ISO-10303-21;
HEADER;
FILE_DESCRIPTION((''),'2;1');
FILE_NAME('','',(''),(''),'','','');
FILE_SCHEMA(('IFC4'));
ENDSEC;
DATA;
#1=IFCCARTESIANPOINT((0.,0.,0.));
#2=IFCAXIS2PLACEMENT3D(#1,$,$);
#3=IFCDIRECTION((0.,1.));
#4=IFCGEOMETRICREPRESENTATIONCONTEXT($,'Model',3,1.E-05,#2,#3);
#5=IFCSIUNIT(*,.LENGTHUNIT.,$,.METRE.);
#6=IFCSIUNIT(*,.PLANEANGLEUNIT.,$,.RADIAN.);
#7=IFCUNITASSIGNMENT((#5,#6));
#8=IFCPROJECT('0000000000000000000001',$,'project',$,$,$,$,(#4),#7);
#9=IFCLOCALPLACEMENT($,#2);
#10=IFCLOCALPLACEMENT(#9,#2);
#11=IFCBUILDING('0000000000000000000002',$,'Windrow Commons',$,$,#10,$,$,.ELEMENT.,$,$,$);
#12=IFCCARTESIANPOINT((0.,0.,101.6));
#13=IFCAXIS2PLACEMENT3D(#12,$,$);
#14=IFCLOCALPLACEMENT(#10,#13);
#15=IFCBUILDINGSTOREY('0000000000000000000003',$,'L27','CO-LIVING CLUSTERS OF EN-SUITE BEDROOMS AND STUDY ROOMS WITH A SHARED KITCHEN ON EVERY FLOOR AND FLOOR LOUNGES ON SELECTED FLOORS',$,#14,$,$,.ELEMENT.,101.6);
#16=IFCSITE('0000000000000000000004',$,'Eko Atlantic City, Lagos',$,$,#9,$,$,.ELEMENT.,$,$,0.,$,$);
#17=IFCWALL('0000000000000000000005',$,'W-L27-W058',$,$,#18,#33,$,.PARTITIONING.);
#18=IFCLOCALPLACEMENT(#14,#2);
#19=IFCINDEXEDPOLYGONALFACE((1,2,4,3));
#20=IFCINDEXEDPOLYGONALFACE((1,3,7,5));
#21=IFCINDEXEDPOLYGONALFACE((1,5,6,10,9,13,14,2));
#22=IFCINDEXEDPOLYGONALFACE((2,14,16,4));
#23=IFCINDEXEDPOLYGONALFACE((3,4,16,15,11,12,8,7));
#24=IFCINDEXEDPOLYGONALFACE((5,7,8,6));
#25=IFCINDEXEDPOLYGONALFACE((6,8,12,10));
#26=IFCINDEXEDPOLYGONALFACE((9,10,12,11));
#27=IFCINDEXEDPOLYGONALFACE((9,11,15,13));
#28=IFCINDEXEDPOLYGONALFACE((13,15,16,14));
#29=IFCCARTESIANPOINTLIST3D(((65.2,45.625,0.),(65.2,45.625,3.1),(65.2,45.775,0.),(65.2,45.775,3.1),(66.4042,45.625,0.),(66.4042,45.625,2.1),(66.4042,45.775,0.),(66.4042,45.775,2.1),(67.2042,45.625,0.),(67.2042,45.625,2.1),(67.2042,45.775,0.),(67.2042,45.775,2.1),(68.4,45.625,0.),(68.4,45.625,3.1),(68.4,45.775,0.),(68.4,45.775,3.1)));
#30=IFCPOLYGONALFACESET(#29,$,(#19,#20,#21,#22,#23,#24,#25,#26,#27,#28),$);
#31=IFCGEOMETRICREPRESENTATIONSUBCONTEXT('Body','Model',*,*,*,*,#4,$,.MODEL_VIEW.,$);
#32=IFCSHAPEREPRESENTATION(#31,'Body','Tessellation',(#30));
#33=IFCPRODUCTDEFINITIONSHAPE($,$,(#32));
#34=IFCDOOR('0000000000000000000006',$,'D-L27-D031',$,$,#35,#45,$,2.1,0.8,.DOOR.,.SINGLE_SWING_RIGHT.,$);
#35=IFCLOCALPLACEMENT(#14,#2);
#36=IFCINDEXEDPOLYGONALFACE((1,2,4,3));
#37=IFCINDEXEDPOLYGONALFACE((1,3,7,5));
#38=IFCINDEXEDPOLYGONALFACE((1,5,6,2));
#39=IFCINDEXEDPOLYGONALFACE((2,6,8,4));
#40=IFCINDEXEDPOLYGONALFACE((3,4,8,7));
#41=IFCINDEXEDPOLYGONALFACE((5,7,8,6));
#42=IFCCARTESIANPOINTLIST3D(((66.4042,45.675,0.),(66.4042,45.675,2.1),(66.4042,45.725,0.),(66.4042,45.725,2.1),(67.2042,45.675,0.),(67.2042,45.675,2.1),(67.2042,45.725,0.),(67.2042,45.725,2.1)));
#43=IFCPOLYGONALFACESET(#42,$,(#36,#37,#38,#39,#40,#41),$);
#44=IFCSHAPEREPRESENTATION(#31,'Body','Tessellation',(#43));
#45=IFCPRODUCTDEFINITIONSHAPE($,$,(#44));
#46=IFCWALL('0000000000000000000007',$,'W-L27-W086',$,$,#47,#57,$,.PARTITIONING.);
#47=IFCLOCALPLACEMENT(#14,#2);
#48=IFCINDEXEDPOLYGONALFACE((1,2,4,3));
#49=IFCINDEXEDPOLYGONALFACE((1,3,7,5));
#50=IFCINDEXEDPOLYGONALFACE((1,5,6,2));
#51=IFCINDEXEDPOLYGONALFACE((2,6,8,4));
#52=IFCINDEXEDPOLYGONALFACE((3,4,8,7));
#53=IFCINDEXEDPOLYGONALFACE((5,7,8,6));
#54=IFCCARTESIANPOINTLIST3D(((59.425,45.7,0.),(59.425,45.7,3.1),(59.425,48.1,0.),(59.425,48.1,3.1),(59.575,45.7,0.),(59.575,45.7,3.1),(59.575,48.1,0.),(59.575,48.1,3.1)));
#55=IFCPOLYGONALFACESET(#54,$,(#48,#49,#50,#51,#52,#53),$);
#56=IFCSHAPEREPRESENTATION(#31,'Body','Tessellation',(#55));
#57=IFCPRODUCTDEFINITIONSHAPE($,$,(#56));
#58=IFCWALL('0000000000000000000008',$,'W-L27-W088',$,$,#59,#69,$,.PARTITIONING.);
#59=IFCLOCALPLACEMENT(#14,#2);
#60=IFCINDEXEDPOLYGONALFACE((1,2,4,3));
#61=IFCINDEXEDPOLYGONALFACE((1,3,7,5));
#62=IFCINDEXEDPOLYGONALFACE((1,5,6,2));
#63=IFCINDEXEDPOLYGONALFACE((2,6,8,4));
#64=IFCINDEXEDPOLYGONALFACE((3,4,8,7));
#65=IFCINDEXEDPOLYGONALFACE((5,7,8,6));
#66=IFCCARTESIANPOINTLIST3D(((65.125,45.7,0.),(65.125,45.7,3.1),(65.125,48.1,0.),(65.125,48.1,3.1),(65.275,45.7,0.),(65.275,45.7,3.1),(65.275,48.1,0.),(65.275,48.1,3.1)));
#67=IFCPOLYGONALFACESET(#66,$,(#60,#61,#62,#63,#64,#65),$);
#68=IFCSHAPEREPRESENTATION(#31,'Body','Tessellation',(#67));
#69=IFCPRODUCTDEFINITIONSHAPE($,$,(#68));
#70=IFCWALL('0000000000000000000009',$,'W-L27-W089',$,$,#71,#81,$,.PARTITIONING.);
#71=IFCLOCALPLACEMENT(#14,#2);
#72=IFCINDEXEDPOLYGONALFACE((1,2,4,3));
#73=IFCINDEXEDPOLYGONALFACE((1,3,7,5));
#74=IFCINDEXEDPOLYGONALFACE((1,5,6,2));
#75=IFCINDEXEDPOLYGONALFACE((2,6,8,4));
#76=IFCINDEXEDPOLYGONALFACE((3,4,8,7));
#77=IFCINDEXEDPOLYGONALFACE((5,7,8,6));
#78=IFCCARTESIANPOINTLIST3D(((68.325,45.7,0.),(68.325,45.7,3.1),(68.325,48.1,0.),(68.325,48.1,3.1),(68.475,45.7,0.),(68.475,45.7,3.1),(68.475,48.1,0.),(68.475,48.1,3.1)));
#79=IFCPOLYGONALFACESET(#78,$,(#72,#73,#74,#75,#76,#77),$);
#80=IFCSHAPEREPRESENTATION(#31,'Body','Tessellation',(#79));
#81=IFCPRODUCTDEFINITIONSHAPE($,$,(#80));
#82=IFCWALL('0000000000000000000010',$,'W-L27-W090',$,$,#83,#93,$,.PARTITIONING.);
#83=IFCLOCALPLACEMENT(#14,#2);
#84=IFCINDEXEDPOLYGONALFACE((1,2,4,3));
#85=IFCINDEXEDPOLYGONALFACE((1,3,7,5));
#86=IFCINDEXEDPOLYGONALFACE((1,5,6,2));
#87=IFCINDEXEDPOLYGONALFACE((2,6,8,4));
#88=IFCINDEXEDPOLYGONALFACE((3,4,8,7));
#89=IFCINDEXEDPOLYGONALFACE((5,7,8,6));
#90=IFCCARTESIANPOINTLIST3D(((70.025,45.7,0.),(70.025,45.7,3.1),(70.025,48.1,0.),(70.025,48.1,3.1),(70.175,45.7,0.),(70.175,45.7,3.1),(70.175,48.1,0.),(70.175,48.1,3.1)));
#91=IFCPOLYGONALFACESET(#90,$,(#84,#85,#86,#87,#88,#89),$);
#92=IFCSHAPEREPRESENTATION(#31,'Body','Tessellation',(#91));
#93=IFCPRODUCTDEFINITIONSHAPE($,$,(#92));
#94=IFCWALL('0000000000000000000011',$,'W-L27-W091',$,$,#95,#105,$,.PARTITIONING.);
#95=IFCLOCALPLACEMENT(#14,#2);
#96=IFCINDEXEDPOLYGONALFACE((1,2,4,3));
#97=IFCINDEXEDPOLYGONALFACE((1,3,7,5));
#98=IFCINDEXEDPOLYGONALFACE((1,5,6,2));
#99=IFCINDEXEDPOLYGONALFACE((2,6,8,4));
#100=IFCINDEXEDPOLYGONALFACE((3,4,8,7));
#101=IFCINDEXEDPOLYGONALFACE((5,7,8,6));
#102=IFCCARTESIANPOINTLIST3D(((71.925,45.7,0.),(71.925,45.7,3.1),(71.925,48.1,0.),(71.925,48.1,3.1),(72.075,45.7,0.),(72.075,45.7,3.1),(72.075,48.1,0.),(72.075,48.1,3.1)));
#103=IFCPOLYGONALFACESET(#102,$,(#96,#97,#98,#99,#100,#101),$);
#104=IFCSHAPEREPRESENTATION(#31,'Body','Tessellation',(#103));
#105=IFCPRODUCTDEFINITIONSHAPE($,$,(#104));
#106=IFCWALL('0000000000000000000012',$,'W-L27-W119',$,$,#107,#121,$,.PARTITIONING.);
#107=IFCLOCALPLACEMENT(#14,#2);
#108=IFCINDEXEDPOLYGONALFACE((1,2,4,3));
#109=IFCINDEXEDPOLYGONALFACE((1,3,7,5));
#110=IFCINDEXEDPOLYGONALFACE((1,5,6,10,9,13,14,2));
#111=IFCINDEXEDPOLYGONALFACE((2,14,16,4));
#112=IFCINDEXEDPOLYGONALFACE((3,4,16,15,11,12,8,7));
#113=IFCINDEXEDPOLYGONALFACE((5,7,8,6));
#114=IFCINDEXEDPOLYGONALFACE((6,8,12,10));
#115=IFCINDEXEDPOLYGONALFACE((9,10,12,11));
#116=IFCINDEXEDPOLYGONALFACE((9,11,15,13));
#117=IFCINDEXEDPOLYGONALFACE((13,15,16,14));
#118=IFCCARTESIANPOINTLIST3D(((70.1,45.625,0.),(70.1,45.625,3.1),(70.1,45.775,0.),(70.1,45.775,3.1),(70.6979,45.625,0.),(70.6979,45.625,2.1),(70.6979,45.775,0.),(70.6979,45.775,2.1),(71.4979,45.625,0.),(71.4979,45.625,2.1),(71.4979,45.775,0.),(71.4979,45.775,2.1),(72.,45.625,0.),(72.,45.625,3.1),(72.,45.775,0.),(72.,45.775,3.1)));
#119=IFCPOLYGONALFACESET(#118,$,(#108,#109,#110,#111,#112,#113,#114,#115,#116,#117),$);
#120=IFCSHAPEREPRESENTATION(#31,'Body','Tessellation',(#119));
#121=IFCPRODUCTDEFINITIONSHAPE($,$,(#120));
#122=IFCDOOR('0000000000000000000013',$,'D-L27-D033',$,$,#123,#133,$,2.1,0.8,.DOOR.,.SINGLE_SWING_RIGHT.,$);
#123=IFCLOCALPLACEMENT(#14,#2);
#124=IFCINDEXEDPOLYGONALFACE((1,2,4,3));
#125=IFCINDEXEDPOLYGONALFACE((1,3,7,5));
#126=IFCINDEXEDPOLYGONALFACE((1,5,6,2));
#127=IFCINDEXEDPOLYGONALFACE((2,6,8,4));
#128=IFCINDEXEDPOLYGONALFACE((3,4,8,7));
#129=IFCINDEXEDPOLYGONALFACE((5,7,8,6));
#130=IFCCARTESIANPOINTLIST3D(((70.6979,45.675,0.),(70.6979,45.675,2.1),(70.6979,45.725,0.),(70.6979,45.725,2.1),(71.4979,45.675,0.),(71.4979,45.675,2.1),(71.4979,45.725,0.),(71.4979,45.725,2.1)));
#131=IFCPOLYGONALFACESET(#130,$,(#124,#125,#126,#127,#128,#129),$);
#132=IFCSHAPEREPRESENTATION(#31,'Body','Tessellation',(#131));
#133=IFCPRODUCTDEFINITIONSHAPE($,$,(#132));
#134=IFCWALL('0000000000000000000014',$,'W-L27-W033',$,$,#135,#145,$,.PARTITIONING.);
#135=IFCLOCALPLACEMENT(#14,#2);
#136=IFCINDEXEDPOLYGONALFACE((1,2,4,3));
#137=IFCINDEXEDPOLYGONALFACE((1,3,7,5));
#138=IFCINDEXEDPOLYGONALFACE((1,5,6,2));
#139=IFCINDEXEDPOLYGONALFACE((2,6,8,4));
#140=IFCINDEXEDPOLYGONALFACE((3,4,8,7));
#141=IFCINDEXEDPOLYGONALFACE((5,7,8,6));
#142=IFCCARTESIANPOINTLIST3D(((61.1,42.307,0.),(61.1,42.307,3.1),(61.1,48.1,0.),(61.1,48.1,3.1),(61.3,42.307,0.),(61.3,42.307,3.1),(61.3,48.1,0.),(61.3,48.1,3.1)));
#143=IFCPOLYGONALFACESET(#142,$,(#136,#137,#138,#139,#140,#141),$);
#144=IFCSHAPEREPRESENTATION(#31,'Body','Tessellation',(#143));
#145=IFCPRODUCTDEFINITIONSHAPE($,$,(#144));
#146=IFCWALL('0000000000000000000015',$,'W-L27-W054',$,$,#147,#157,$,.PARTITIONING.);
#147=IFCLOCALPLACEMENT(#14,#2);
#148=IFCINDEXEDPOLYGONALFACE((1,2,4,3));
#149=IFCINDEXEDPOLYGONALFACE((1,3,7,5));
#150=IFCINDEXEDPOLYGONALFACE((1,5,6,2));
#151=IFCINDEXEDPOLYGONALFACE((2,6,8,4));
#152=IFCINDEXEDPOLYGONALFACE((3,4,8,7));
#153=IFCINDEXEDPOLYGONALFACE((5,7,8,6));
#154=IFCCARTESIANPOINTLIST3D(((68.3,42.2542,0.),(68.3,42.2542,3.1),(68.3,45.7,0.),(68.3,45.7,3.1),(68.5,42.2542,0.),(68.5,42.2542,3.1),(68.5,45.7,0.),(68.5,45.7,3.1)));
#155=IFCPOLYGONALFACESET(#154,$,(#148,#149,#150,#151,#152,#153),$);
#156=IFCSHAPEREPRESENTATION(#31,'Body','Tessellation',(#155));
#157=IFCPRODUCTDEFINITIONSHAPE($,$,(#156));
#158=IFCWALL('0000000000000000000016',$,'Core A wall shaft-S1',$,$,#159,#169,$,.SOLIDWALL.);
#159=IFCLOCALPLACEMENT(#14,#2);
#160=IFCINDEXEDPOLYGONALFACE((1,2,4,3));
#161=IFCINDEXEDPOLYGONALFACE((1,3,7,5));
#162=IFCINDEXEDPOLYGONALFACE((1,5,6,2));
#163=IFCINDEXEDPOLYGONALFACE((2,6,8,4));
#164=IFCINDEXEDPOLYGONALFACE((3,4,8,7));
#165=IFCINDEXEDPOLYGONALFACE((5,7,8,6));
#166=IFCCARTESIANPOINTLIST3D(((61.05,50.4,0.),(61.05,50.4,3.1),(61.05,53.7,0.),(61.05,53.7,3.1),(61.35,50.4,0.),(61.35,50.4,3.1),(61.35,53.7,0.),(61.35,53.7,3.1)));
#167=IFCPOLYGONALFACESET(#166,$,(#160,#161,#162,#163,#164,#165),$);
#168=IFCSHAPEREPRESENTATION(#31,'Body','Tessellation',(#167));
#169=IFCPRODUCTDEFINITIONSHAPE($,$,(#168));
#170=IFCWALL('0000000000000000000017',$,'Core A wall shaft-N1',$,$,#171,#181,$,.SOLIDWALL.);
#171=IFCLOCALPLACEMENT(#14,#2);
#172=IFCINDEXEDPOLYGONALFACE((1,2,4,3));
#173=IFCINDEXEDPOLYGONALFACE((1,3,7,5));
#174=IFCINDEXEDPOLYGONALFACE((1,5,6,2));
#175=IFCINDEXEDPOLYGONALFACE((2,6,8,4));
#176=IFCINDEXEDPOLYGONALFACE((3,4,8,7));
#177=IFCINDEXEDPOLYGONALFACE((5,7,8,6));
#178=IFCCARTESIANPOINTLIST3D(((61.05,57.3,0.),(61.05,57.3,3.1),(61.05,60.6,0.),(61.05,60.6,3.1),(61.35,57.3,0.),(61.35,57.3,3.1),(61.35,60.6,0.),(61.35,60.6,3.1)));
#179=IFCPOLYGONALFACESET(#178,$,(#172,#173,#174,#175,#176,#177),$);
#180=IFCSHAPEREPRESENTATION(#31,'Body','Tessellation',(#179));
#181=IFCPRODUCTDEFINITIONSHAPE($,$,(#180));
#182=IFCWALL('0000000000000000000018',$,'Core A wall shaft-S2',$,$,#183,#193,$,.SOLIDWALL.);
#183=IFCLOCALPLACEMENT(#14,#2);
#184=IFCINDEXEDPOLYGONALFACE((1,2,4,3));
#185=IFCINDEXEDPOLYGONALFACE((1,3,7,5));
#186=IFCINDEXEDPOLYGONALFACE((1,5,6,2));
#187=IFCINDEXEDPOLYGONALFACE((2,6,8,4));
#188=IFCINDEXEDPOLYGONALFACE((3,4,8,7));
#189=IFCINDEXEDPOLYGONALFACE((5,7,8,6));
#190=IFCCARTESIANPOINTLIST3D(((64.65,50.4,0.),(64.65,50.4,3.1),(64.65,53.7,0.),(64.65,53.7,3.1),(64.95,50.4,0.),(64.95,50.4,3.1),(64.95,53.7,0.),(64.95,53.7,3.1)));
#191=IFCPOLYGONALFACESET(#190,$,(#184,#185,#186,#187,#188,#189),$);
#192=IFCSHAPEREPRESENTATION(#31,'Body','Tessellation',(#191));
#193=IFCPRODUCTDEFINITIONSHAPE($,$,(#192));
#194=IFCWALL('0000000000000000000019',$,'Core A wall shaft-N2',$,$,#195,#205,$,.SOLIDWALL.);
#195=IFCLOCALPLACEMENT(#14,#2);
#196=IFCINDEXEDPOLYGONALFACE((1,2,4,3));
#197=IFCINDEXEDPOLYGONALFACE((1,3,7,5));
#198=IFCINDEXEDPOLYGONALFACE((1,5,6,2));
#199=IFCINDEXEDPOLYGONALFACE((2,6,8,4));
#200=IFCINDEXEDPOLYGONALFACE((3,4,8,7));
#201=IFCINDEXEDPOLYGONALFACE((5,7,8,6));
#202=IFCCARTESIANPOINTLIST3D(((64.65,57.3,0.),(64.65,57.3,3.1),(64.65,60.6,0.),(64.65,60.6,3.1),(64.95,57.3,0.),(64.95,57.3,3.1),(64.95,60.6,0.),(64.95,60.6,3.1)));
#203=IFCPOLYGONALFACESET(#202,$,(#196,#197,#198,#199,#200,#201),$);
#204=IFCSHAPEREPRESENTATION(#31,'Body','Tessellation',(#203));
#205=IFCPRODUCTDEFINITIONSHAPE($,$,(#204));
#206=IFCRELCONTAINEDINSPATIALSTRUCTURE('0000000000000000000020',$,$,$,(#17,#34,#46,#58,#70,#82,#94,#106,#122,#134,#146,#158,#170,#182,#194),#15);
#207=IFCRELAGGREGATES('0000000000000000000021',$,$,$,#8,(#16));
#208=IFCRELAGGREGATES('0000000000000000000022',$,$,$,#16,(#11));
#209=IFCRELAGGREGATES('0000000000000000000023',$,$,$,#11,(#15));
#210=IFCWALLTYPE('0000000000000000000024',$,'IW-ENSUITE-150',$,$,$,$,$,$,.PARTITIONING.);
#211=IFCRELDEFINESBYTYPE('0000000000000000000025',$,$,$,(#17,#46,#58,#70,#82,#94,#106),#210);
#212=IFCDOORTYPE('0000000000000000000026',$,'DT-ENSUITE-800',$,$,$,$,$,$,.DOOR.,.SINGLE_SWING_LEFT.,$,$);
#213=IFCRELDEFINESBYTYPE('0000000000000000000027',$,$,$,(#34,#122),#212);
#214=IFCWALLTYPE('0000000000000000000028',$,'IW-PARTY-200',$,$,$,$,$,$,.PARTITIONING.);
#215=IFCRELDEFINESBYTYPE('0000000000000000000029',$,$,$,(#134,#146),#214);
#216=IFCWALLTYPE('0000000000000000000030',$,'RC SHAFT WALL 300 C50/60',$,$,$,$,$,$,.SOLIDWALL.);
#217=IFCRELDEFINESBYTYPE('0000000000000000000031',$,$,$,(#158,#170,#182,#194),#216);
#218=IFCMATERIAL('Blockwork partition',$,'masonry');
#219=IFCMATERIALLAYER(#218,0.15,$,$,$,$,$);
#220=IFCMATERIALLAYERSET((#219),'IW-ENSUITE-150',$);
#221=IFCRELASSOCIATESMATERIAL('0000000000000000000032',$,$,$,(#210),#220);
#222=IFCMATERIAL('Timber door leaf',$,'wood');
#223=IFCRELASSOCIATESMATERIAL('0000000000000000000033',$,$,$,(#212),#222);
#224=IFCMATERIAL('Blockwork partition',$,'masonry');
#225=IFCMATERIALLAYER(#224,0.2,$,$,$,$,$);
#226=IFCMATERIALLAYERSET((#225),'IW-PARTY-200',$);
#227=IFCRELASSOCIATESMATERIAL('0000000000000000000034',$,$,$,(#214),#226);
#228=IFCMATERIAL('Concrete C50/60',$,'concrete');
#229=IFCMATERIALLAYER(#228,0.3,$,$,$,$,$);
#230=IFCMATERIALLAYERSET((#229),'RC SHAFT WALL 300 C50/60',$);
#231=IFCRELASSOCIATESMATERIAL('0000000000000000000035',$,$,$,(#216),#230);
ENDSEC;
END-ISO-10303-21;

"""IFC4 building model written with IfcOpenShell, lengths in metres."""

from ifc_helpers import new_model, si_unit, direction, frame, frame_2d, origin, place, context, subcontext, project, spatial, rectangle, extrude, material, layer, layer_set, type_object, element, fill, save


model = new_model("IFC4")

# Units and contexts
model_context = context("Model", 3, precision=1e-05, world=origin(), true_north=direction((0.0, 1.0)))
body_context = subcontext(model_context, "Body", "Model", "MODEL_VIEW")
ifc_project = project(units=[si_unit("LENGTHUNIT", "METRE"), si_unit("PLANEANGLEUNIT", "RADIAN")], contexts=[model_context])

# Site, building, storey
site_placement = place(None, origin())
site = spatial("IfcSite", under=ifc_project, at=site_placement, Name="Eko Atlantic City, Lagos", CompositionType="ELEMENT", RefElevation=0.0)
building_placement = place(site_placement, origin())
building = spatial("IfcBuilding", under=site, at=building_placement, Name="Windrow Commons", CompositionType="ELEMENT")
storey_placement = place(building_placement, frame((0.0, 0.0, 101.6)))
storey = spatial("IfcBuildingStorey", under=building, at=storey_placement, Name="L27", Description="CO-LIVING CLUSTERS OF EN-SUITE BEDROOMS AND STUDY ROOMS WITH A SHARED KITCHEN ON EVERY FLOOR AND FLOOR LOUNGES ON SELECTED FLOORS", CompositionType="ELEMENT", Elevation=101.6)

# Wall, opening, door
ifc_material_1 = material(Name="Blockwork partition", Category="masonry")
ifc_layer_1 = layer(ifc_material_1, 0.15)
ifc_layer_set_1 = layer_set([ifc_layer_1], Name="IW-ENSUITE-150")
wall_type_1 = type_object("IfcWallType", Name="IW-ENSUITE-150", PredefinedType="PARTITIONING", material=ifc_layer_set_1)
wall_1_placement = place(storey_placement, frame((65.2, 45.7, 0.0), z_axis=(0.0, 0.0, 1.0), x_axis=(1.0, 0.0, 0.0)))
wall_1 = element("IfcWall", 1, at=wall_1_placement, inside=storey, type_object=wall_type_1, Name="W-L27-W058", PredefinedType="PARTITIONING", context=body_context, shape_type="SweptSolid", body=[
    extrude(rectangle(XDim=3.2, YDim=0.15, at=frame_2d((1.6, 0.0))), origin(), (0.0, 0.0, 1.0), 3.1),
])
opening_1_placement = place(wall_1_placement, frame((1.2042, 0.0, 0.0)))
opening_1 = element("IfcOpeningElement", 2, at=opening_1_placement, cuts=wall_1, PredefinedType="OPENING", context=body_context, shape_type="SweptSolid", body=[
    extrude(rectangle(XDim=0.8, YDim=2.1, at=frame_2d((0.4, 1.05))), frame((0.0, 0.085, 0.0), z_axis=(0.0, -1.0, 0.0), x_axis=(1.0, 0.0, 0.0)), (0.0, 0.0, 1.0), 0.17),
])
ifc_material_2 = material(Name="Timber door leaf", Category="wood")
door_type = type_object("IfcDoorType", Name="DT-ENSUITE-800", OperationType="SINGLE_SWING_LEFT", PredefinedType="DOOR", material=ifc_material_2)
door_1_placement = place(opening_1_placement, origin())
door_1 = element("IfcDoor", 3, at=door_1_placement, inside=storey, type_object=door_type, Name="D-L27-D031", OperationType="SINGLE_SWING_RIGHT", OverallHeight=2.1, OverallWidth=0.8, PredefinedType="DOOR", context=body_context, shape_type="SweptSolid", body=[
    extrude(rectangle(XDim=0.8, YDim=2.1, at=frame_2d((0.4, 1.05))), frame((0.0, 0.025, 0.0), z_axis=(0.0, -1.0, 0.0), x_axis=(1.0, 0.0, 0.0)), (0.0, 0.0, 1.0), 0.05),
])
fill(opening_1, door_1)

# Walls
for number, where, z_axis, x_axis, name in (
    (4, (59.5, 45.7, 0.0), (0.0, 0.0, 1.0), (0.0, 1.0, 0.0), "W-L27-W086"),
    (5, (65.2, 45.7, 0.0), (0.0, 0.0, 1.0), (0.0, 1.0, 0.0), "W-L27-W088"),
    (6, (68.4, 45.7, 0.0), (0.0, 0.0, 1.0), (0.0, 1.0, 0.0), "W-L27-W089"),
    (7, (70.1, 45.7, 0.0), (0.0, 0.0, 1.0), (0.0, 1.0, 0.0), "W-L27-W090"),
    (8, (72.0, 45.7, 0.0), (0.0, 0.0, 1.0), (0.0, 1.0, 0.0), "W-L27-W091"),
):
    element("IfcWall", number, at=place(storey_placement, frame(where, z_axis=z_axis, x_axis=x_axis)), inside=storey, type_object=wall_type_1, Name=name, PredefinedType="PARTITIONING", context=body_context, shape_type="SweptSolid", body=[
        extrude(rectangle(XDim=2.4, YDim=0.15, at=frame_2d((1.2, 0.0))), origin(), (0.0, 0.0, 1.0), 3.1),
    ])

# Wall, opening, door
wall_2_placement = place(storey_placement, frame((70.1, 45.7, 0.0), z_axis=(0.0, 0.0, 1.0), x_axis=(1.0, 0.0, 0.0)))
wall_2 = element("IfcWall", 9, at=wall_2_placement, inside=storey, type_object=wall_type_1, Name="W-L27-W119", PredefinedType="PARTITIONING", context=body_context, shape_type="SweptSolid", body=[
    extrude(rectangle(XDim=1.9, YDim=0.15, at=frame_2d((0.95, 0.0))), origin(), (0.0, 0.0, 1.0), 3.1),
])
opening_2_placement = place(wall_2_placement, frame((0.5979, 0.0, 0.0)))
opening_2 = element("IfcOpeningElement", 10, at=opening_2_placement, cuts=wall_2, PredefinedType="OPENING", context=body_context, shape_type="SweptSolid", body=[
    extrude(rectangle(XDim=0.8, YDim=2.1, at=frame_2d((0.4, 1.05))), frame((0.0, 0.085, 0.0), z_axis=(0.0, -1.0, 0.0), x_axis=(1.0, 0.0, 0.0)), (0.0, 0.0, 1.0), 0.17),
])
door_2_placement = place(opening_2_placement, origin())
door_2 = element("IfcDoor", 11, at=door_2_placement, inside=storey, type_object=door_type, Name="D-L27-D033", OperationType="SINGLE_SWING_RIGHT", OverallHeight=2.1, OverallWidth=0.8, PredefinedType="DOOR", context=body_context, shape_type="SweptSolid", body=[
    extrude(rectangle(XDim=0.8, YDim=2.1, at=frame_2d((0.4, 1.05))), frame((0.0, 0.025, 0.0), z_axis=(0.0, -1.0, 0.0), x_axis=(1.0, 0.0, 0.0)), (0.0, 0.0, 1.0), 0.05),
])
fill(opening_2, door_2)

# Walls
ifc_material_3 = material(Name="Blockwork partition", Category="masonry")
ifc_layer_2 = layer(ifc_material_3, 0.2)
ifc_layer_set_2 = layer_set([ifc_layer_2], Name="IW-PARTY-200")
wall_type_2 = type_object("IfcWallType", Name="IW-PARTY-200", PredefinedType="PARTITIONING", material=ifc_layer_set_2)
wall_3_placement = place(storey_placement, frame((61.2, 42.307, 0.0), z_axis=(0.0, 0.0, 1.0), x_axis=(0.0, 1.0, 0.0)))
element("IfcWall", 12, at=wall_3_placement, inside=storey, type_object=wall_type_2, Name="W-L27-W033", PredefinedType="PARTITIONING", context=body_context, shape_type="SweptSolid", body=[
    extrude(rectangle(XDim=5.793, YDim=0.2, at=frame_2d((2.8965, 0.0))), origin(), (0.0, 0.0, 1.0), 3.1),
])
wall_4_placement = place(storey_placement, frame((68.4, 42.2543, 0.0), z_axis=(0.0, 0.0, 1.0), x_axis=(0.0, 1.0, 0.0)))
element("IfcWall", 13, at=wall_4_placement, inside=storey, type_object=wall_type_2, Name="W-L27-W054", PredefinedType="PARTITIONING", context=body_context, shape_type="SweptSolid", body=[
    extrude(rectangle(XDim=3.4457, YDim=0.2, at=frame_2d((1.7228, 0.0))), origin(), (0.0, 0.0, 1.0), 3.1),
])
ifc_material_4 = material(Name="Concrete C50/60", Category="concrete")
ifc_layer_3 = layer(ifc_material_4, 0.3)
ifc_layer_set_3 = layer_set([ifc_layer_3], Name="RC SHAFT WALL 300 C50/60")
wall_type_3 = type_object("IfcWallType", Name="RC SHAFT WALL 300 C50/60", PredefinedType="SOLIDWALL", material=ifc_layer_set_3)
for number, where, z_axis, x_axis, name in (
    (14, (61.2, 50.4, 0.0), (0.0, 0.0, 1.0), (0.0, 1.0, 0.0), "Core A wall shaft-S1"),
    (15, (61.2, 57.3, 0.0), (0.0, 0.0, 1.0), (0.0, 1.0, 0.0), "Core A wall shaft-N1"),
    (16, (64.8, 50.4, 0.0), (0.0, 0.0, 1.0), (0.0, 1.0, 0.0), "Core A wall shaft-S2"),
    (17, (64.8, 57.3, 0.0), (0.0, 0.0, 1.0), (0.0, 1.0, 0.0), "Core A wall shaft-N2"),
):
    element("IfcWall", number, at=place(storey_placement, frame(where, z_axis=z_axis, x_axis=x_axis)), inside=storey, type_object=wall_type_3, Name=name, PredefinedType="SOLIDWALL", context=body_context, shape_type="SweptSolid", body=[
        extrude(rectangle(XDim=3.3, YDim=0.3, at=frame_2d((1.65, 0.0))), origin(), (0.0, 0.0, 1.0), 3.1),
    ])

save(model, "model.ifc")
